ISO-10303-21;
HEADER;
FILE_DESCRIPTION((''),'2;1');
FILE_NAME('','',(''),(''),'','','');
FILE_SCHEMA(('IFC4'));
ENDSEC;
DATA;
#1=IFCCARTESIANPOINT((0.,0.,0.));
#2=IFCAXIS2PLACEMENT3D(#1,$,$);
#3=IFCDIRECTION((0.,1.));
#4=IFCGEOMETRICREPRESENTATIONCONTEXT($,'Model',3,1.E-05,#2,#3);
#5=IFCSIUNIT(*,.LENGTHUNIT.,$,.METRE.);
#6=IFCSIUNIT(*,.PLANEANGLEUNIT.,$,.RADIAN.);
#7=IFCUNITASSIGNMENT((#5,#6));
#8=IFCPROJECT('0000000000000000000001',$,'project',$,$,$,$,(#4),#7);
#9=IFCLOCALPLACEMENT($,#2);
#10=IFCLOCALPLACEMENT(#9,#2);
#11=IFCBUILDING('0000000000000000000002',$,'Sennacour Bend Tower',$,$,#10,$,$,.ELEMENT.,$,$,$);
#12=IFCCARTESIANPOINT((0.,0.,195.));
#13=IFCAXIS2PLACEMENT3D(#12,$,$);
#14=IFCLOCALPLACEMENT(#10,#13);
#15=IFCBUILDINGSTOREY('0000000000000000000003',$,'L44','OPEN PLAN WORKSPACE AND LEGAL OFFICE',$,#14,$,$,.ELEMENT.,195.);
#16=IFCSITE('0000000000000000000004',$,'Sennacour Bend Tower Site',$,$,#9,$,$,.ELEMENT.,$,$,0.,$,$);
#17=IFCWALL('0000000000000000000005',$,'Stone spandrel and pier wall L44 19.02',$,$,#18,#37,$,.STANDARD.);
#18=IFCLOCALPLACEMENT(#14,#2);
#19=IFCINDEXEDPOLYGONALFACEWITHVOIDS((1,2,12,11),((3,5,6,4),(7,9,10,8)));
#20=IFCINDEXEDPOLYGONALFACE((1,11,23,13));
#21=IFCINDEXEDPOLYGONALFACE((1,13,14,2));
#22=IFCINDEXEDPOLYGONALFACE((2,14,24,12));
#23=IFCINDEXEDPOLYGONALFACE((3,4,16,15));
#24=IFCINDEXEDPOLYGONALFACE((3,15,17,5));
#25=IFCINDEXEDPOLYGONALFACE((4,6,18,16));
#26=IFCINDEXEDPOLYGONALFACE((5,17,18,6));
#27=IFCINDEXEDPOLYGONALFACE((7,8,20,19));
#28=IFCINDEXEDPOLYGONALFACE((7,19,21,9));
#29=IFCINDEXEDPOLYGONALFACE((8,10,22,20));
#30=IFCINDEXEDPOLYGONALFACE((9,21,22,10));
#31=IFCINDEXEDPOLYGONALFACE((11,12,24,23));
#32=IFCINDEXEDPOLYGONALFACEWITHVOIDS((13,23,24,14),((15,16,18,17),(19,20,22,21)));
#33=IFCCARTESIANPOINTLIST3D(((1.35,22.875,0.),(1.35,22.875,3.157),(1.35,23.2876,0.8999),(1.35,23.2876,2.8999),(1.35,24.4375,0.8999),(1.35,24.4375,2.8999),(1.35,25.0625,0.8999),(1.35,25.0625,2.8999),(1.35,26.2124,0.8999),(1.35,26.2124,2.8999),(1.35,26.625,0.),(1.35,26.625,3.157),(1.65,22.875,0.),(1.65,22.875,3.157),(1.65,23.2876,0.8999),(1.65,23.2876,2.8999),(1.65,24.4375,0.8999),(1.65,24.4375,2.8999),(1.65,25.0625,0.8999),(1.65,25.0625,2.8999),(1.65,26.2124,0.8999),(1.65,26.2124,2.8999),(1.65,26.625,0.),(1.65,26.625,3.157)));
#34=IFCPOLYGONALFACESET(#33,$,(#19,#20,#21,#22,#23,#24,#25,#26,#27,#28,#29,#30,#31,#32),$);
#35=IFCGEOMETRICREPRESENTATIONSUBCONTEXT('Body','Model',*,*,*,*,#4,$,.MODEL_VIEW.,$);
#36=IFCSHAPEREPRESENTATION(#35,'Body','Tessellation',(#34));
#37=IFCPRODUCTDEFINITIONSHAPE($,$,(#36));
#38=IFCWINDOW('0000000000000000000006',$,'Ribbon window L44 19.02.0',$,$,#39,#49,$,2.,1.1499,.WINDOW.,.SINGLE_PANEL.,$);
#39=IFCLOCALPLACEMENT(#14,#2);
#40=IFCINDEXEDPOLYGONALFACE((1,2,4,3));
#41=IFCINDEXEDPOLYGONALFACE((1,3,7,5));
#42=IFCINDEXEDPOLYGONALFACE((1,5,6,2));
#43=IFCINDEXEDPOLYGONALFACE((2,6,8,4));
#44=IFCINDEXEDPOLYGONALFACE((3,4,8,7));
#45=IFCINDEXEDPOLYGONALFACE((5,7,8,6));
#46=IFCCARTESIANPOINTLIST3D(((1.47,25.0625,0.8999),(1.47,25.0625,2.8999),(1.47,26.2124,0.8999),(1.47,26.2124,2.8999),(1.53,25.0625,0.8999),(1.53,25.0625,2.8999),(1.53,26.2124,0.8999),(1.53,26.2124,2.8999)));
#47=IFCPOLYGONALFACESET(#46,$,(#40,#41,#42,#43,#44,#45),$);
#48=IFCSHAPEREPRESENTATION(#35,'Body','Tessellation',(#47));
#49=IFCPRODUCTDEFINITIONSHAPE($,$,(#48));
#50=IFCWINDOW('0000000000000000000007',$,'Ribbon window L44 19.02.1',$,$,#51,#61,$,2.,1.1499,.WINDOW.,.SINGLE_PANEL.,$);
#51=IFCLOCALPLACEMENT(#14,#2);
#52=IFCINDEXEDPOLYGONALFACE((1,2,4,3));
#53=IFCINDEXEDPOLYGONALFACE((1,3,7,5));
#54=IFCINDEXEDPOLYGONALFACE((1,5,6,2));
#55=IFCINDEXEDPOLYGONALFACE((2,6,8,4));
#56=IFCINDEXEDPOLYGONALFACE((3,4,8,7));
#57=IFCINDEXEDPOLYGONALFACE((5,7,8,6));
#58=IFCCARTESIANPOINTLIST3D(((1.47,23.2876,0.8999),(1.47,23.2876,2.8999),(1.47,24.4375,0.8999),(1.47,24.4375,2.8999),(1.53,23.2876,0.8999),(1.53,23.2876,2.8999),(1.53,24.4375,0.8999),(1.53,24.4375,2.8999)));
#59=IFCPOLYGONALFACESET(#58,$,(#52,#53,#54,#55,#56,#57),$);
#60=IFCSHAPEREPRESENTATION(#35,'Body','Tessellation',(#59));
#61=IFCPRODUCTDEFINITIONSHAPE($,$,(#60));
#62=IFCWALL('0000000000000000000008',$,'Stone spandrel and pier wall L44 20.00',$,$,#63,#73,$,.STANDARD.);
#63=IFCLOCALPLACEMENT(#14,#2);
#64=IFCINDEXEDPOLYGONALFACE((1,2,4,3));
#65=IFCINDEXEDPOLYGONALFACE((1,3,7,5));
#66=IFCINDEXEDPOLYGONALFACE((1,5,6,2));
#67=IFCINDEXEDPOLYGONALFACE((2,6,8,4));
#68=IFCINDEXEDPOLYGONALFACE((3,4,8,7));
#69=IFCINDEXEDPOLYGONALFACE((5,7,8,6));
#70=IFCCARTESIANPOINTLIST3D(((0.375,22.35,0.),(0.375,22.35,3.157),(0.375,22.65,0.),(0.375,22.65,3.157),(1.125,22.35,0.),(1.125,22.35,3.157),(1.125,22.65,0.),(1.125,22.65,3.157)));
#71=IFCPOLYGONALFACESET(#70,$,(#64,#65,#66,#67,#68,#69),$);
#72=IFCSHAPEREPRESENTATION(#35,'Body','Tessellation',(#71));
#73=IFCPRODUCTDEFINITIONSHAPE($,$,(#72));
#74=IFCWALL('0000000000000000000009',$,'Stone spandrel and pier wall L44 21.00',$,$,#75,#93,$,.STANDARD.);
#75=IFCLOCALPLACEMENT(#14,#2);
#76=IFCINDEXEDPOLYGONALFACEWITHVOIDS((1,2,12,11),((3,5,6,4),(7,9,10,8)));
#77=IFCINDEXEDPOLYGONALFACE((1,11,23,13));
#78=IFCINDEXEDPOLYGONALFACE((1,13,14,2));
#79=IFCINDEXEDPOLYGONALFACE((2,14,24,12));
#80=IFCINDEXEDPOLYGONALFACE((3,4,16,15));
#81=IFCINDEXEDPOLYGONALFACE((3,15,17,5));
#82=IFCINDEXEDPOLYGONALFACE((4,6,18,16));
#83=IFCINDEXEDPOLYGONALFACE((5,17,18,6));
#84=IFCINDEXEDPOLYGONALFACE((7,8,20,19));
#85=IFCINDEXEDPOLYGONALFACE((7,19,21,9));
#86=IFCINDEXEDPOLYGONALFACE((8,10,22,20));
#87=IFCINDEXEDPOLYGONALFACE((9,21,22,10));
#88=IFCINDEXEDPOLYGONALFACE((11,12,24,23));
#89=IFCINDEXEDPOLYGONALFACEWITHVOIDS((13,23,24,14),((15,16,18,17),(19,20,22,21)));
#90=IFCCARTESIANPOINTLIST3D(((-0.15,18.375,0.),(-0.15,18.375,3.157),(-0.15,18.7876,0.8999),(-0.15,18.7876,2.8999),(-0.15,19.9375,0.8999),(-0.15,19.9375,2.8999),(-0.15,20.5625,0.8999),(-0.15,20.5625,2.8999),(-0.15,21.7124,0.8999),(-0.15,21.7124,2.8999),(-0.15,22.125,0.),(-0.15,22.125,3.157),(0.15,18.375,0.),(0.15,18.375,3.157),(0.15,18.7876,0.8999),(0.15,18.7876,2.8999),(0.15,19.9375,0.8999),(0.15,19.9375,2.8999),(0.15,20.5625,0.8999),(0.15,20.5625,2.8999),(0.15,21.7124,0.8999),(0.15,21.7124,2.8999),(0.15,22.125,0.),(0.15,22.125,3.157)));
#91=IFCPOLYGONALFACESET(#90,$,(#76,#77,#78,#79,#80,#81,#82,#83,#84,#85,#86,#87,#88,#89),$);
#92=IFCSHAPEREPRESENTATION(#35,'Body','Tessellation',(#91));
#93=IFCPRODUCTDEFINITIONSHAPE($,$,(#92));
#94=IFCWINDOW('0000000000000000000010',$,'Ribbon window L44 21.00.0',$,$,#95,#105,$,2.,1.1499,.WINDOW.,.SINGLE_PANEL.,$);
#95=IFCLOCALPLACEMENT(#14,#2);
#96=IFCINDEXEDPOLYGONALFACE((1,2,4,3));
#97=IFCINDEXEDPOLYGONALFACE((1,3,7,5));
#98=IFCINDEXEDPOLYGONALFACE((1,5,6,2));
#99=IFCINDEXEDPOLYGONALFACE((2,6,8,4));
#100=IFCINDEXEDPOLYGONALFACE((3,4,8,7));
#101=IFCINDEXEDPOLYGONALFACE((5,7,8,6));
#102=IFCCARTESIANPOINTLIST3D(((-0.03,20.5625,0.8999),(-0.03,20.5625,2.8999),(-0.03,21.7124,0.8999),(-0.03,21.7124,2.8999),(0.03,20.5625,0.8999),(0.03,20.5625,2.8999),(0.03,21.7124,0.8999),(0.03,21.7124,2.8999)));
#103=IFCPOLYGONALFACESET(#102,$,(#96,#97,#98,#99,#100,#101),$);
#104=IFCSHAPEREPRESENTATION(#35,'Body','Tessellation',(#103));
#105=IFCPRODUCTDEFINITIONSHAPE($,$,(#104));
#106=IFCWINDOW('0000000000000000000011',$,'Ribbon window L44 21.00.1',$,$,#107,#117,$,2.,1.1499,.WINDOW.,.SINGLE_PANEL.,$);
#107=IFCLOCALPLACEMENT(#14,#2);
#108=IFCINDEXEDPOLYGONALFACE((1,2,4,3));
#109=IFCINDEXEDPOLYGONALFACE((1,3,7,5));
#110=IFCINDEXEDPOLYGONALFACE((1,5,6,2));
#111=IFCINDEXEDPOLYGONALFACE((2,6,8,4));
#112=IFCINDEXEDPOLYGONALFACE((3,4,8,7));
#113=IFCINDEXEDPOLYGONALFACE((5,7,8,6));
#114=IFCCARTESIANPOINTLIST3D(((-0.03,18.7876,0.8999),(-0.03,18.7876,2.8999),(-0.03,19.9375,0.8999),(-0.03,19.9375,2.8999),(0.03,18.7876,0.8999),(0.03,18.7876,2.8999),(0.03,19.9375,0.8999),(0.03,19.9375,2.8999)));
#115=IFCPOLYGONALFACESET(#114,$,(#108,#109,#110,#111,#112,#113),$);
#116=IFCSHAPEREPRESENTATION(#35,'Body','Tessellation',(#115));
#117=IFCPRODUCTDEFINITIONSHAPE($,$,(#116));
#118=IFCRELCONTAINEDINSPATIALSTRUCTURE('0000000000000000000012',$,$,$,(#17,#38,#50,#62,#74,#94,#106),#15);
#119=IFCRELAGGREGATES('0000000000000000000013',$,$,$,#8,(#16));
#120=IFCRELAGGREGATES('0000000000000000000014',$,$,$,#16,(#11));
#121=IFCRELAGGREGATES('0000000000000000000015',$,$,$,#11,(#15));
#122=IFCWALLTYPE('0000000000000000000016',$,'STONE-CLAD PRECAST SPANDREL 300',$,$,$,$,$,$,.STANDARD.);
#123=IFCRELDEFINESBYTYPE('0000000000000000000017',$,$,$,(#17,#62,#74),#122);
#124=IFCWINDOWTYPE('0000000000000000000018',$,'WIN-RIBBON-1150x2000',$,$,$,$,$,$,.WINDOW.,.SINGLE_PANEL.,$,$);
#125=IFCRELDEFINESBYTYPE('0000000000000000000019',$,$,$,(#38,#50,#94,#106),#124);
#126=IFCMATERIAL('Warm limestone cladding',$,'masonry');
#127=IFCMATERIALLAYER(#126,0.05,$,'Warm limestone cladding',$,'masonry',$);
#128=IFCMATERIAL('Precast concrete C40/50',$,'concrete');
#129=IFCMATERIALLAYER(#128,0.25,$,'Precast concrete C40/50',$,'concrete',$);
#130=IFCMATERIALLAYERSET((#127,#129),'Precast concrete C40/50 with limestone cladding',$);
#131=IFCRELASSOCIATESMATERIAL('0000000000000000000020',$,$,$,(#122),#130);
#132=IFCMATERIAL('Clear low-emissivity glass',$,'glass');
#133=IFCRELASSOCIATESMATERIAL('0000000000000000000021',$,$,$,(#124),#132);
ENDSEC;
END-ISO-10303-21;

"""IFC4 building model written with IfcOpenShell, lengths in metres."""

from ifc_helpers import new_model, si_unit, direction, frame, frame_2d, origin, place, context, subcontext, project, spatial, rectangle, extrude, material, layer, layer_set, type_object, element, fill, save


model = new_model("IFC4")

# Units and contexts
model_context = context("Model", 3, precision=1e-05, world=origin(), true_north=direction((0.0, 1.0)))
body_context = subcontext(model_context, "Body", "Model", "MODEL_VIEW")
ifc_project = project(units=[si_unit("LENGTHUNIT", "METRE"), si_unit("PLANEANGLEUNIT", "RADIAN")], contexts=[model_context])

# Site, building, storey
site_placement = place(None, origin())
site = spatial("IfcSite", under=ifc_project, at=site_placement, Name="Sennacour Bend Tower Site", CompositionType="ELEMENT", RefElevation=0.0)
building_placement = place(site_placement, origin())
building = spatial("IfcBuilding", under=site, at=building_placement, Name="Sennacour Bend Tower", CompositionType="ELEMENT")
storey_placement = place(building_placement, frame((0.0, 0.0, 195.0)))
storey = spatial("IfcBuildingStorey", under=building, at=storey_placement, Name="L44", Description="OPEN PLAN WORKSPACE AND LEGAL OFFICE", CompositionType="ELEMENT", Elevation=195.0)

# Wall, openings, windows
ifc_material_1 = material(Name="Warm limestone cladding", Category="masonry")
ifc_layer_1 = layer(ifc_material_1, 0.05, Name="Warm limestone cladding", Category="masonry")
ifc_material_2 = material(Name="Precast concrete C40/50", Category="concrete")
ifc_layer_2 = layer(ifc_material_2, 0.25, Name="Precast concrete C40/50", Category="concrete")
ifc_layer_set_1 = layer_set([ifc_layer_1, ifc_layer_2], Name="Precast concrete C40/50 with limestone cladding")
wall_type_1 = type_object("IfcWallType", Name="STONE-CLAD PRECAST SPANDREL 300", PredefinedType="STANDARD", material=ifc_layer_set_1)
wall_1_placement = place(storey_placement, frame((1.5, 26.625, 0.0), z_axis=(0.0, 0.0, 1.0), x_axis=(0.0, -1.0, 0.0)))
wall_1 = element("IfcWall", 1, at=wall_1_placement, inside=storey, type_object=wall_type_1, Name="Stone spandrel and pier wall L44 19.02", PredefinedType="STANDARD", context=body_context, shape_type="SweptSolid", body=[
    extrude(rectangle(XDim=3.75, YDim=0.3, at=frame_2d((1.875, 0.0))), origin(), (0.0, 0.0, 1.0), 3.157),
])
opening_1_placement = place(wall_1_placement, frame((0.4126, 0.0, 0.8999)))
opening_1 = element("IfcOpeningElement", 2, at=opening_1_placement, cuts=wall_1, PredefinedType="OPENING", context=body_context, shape_type="SweptSolid", body=[
    extrude(rectangle(XDim=1.1499, YDim=2.0, at=frame_2d((0.575, 1.0))), frame((0.0, 0.1602, 0.0), z_axis=(0.0, -1.0, 0.0), x_axis=(1.0, 0.0, 0.0)), (0.0, 0.0, 1.0), 0.3201),
])
opening_2_placement = place(wall_1_placement, frame((2.1875, 0.0, 0.8999)))
opening_2 = element("IfcOpeningElement", 3, at=opening_2_placement, cuts=wall_1, PredefinedType="OPENING", context=body_context, shape_type="SweptSolid", body=[
    extrude(rectangle(XDim=1.1499, YDim=2.0, at=frame_2d((0.575, 1.0))), frame((0.0, 0.1602, 0.0), z_axis=(0.0, -1.0, 0.0), x_axis=(1.0, 0.0, 0.0)), (0.0, 0.0, 1.0), 0.3201),
])
ifc_material_3 = material(Name="Clear low-emissivity glass", Category="glass")
window_type = type_object("IfcWindowType", Name="WIN-RIBBON-1150x2000", PartitioningType="SINGLE_PANEL", PredefinedType="WINDOW", material=ifc_material_3)
window_1_placement = place(opening_1_placement, origin())
window_1 = element("IfcWindow", 4, at=window_1_placement, inside=storey, type_object=window_type, Name="Ribbon window L44 19.02.0", OverallHeight=2.0, OverallWidth=1.1499, PartitioningType="SINGLE_PANEL", PredefinedType="WINDOW", context=body_context, shape_type="SweptSolid", body=[
    extrude(rectangle(XDim=1.1499, YDim=2.0, at=frame_2d((0.575, 1.0))), frame((0.0, 0.03, 0.0), z_axis=(0.0, -1.0, 0.0), x_axis=(1.0, 0.0, 0.0)), (0.0, 0.0, 1.0), 0.0601),
])
fill(opening_1, window_1)
window_2_placement = place(opening_2_placement, origin())
window_2 = element("IfcWindow", 5, at=window_2_placement, inside=storey, type_object=window_type, Name="Ribbon window L44 19.02.1", OverallHeight=2.0, OverallWidth=1.1499, PartitioningType="SINGLE_PANEL", PredefinedType="WINDOW", context=body_context, shape_type="SweptSolid", body=[
    extrude(rectangle(XDim=1.1499, YDim=2.0, at=frame_2d((0.575, 1.0))), frame((0.0, 0.03, 0.0), z_axis=(0.0, -1.0, 0.0), x_axis=(1.0, 0.0, 0.0)), (0.0, 0.0, 1.0), 0.0601),
])
fill(opening_2, window_2)

# Wall
wall_2_placement = place(storey_placement, frame((1.125, 22.5, 0.0), z_axis=(0.0, 0.0, 1.0), x_axis=(-1.0, 0.0, 0.0)))
element("IfcWall", 6, at=wall_2_placement, inside=storey, type_object=wall_type_1, Name="Stone spandrel and pier wall L44 20.00", PredefinedType="STANDARD", context=body_context, shape_type="SweptSolid", body=[
    extrude(rectangle(XDim=0.75, YDim=0.3, at=frame_2d((0.375, 0.0))), origin(), (0.0, 0.0, 1.0), 3.157),
])

# Wall, openings, windows
wall_3_placement = place(storey_placement, frame((0.0, 22.125, 0.0), z_axis=(0.0, 0.0, 1.0), x_axis=(0.0, -1.0, 0.0)))
wall_3 = element("IfcWall", 7, at=wall_3_placement, inside=storey, type_object=wall_type_1, Name="Stone spandrel and pier wall L44 21.00", PredefinedType="STANDARD", context=body_context, shape_type="SweptSolid", body=[
    extrude(rectangle(XDim=3.75, YDim=0.3, at=frame_2d((1.875, 0.0))), origin(), (0.0, 0.0, 1.0), 3.157),
])
opening_3_placement = place(wall_3_placement, frame((0.4126, 0.0, 0.8999)))
opening_3 = element("IfcOpeningElement", 8, at=opening_3_placement, cuts=wall_3, PredefinedType="OPENING", context=body_context, shape_type="SweptSolid", body=[
    extrude(rectangle(XDim=1.1499, YDim=2.0, at=frame_2d((0.575, 1.0))), frame((0.0, 0.1602, 0.0), z_axis=(0.0, -1.0, 0.0), x_axis=(1.0, 0.0, 0.0)), (0.0, 0.0, 1.0), 0.3201),
])
opening_4_placement = place(wall_3_placement, frame((2.1875, 0.0, 0.8999)))
opening_4 = element("IfcOpeningElement", 9, at=opening_4_placement, cuts=wall_3, PredefinedType="OPENING", context=body_context, shape_type="SweptSolid", body=[
    extrude(rectangle(XDim=1.1499, YDim=2.0, at=frame_2d((0.575, 1.0))), frame((0.0, 0.1602, 0.0), z_axis=(0.0, -1.0, 0.0), x_axis=(1.0, 0.0, 0.0)), (0.0, 0.0, 1.0), 0.3201),
])
window_3_placement = place(opening_3_placement, origin())
window_3 = element("IfcWindow", 10, at=window_3_placement, inside=storey, type_object=window_type, Name="Ribbon window L44 21.00.0", OverallHeight=2.0, OverallWidth=1.1499, PartitioningType="SINGLE_PANEL", PredefinedType="WINDOW", context=body_context, shape_type="SweptSolid", body=[
    extrude(rectangle(XDim=1.1499, YDim=2.0, at=frame_2d((0.575, 1.0))), frame((0.0, 0.03, 0.0), z_axis=(0.0, -1.0, 0.0), x_axis=(1.0, 0.0, 0.0)), (0.0, 0.0, 1.0), 0.0601),
])
fill(opening_3, window_3)
window_4_placement = place(opening_4_placement, origin())
window_4 = element("IfcWindow", 11, at=window_4_placement, inside=storey, type_object=window_type, Name="Ribbon window L44 21.00.1", OverallHeight=2.0, OverallWidth=1.1499, PartitioningType="SINGLE_PANEL", PredefinedType="WINDOW", context=body_context, shape_type="SweptSolid", body=[
    extrude(rectangle(XDim=1.1499, YDim=2.0, at=frame_2d((0.575, 1.0))), frame((0.0, 0.03, 0.0), z_axis=(0.0, -1.0, 0.0), x_axis=(1.0, 0.0, 0.0)), (0.0, 0.0, 1.0), 0.0601),
])
fill(opening_4, window_4)

save(model, "model.ifc")
